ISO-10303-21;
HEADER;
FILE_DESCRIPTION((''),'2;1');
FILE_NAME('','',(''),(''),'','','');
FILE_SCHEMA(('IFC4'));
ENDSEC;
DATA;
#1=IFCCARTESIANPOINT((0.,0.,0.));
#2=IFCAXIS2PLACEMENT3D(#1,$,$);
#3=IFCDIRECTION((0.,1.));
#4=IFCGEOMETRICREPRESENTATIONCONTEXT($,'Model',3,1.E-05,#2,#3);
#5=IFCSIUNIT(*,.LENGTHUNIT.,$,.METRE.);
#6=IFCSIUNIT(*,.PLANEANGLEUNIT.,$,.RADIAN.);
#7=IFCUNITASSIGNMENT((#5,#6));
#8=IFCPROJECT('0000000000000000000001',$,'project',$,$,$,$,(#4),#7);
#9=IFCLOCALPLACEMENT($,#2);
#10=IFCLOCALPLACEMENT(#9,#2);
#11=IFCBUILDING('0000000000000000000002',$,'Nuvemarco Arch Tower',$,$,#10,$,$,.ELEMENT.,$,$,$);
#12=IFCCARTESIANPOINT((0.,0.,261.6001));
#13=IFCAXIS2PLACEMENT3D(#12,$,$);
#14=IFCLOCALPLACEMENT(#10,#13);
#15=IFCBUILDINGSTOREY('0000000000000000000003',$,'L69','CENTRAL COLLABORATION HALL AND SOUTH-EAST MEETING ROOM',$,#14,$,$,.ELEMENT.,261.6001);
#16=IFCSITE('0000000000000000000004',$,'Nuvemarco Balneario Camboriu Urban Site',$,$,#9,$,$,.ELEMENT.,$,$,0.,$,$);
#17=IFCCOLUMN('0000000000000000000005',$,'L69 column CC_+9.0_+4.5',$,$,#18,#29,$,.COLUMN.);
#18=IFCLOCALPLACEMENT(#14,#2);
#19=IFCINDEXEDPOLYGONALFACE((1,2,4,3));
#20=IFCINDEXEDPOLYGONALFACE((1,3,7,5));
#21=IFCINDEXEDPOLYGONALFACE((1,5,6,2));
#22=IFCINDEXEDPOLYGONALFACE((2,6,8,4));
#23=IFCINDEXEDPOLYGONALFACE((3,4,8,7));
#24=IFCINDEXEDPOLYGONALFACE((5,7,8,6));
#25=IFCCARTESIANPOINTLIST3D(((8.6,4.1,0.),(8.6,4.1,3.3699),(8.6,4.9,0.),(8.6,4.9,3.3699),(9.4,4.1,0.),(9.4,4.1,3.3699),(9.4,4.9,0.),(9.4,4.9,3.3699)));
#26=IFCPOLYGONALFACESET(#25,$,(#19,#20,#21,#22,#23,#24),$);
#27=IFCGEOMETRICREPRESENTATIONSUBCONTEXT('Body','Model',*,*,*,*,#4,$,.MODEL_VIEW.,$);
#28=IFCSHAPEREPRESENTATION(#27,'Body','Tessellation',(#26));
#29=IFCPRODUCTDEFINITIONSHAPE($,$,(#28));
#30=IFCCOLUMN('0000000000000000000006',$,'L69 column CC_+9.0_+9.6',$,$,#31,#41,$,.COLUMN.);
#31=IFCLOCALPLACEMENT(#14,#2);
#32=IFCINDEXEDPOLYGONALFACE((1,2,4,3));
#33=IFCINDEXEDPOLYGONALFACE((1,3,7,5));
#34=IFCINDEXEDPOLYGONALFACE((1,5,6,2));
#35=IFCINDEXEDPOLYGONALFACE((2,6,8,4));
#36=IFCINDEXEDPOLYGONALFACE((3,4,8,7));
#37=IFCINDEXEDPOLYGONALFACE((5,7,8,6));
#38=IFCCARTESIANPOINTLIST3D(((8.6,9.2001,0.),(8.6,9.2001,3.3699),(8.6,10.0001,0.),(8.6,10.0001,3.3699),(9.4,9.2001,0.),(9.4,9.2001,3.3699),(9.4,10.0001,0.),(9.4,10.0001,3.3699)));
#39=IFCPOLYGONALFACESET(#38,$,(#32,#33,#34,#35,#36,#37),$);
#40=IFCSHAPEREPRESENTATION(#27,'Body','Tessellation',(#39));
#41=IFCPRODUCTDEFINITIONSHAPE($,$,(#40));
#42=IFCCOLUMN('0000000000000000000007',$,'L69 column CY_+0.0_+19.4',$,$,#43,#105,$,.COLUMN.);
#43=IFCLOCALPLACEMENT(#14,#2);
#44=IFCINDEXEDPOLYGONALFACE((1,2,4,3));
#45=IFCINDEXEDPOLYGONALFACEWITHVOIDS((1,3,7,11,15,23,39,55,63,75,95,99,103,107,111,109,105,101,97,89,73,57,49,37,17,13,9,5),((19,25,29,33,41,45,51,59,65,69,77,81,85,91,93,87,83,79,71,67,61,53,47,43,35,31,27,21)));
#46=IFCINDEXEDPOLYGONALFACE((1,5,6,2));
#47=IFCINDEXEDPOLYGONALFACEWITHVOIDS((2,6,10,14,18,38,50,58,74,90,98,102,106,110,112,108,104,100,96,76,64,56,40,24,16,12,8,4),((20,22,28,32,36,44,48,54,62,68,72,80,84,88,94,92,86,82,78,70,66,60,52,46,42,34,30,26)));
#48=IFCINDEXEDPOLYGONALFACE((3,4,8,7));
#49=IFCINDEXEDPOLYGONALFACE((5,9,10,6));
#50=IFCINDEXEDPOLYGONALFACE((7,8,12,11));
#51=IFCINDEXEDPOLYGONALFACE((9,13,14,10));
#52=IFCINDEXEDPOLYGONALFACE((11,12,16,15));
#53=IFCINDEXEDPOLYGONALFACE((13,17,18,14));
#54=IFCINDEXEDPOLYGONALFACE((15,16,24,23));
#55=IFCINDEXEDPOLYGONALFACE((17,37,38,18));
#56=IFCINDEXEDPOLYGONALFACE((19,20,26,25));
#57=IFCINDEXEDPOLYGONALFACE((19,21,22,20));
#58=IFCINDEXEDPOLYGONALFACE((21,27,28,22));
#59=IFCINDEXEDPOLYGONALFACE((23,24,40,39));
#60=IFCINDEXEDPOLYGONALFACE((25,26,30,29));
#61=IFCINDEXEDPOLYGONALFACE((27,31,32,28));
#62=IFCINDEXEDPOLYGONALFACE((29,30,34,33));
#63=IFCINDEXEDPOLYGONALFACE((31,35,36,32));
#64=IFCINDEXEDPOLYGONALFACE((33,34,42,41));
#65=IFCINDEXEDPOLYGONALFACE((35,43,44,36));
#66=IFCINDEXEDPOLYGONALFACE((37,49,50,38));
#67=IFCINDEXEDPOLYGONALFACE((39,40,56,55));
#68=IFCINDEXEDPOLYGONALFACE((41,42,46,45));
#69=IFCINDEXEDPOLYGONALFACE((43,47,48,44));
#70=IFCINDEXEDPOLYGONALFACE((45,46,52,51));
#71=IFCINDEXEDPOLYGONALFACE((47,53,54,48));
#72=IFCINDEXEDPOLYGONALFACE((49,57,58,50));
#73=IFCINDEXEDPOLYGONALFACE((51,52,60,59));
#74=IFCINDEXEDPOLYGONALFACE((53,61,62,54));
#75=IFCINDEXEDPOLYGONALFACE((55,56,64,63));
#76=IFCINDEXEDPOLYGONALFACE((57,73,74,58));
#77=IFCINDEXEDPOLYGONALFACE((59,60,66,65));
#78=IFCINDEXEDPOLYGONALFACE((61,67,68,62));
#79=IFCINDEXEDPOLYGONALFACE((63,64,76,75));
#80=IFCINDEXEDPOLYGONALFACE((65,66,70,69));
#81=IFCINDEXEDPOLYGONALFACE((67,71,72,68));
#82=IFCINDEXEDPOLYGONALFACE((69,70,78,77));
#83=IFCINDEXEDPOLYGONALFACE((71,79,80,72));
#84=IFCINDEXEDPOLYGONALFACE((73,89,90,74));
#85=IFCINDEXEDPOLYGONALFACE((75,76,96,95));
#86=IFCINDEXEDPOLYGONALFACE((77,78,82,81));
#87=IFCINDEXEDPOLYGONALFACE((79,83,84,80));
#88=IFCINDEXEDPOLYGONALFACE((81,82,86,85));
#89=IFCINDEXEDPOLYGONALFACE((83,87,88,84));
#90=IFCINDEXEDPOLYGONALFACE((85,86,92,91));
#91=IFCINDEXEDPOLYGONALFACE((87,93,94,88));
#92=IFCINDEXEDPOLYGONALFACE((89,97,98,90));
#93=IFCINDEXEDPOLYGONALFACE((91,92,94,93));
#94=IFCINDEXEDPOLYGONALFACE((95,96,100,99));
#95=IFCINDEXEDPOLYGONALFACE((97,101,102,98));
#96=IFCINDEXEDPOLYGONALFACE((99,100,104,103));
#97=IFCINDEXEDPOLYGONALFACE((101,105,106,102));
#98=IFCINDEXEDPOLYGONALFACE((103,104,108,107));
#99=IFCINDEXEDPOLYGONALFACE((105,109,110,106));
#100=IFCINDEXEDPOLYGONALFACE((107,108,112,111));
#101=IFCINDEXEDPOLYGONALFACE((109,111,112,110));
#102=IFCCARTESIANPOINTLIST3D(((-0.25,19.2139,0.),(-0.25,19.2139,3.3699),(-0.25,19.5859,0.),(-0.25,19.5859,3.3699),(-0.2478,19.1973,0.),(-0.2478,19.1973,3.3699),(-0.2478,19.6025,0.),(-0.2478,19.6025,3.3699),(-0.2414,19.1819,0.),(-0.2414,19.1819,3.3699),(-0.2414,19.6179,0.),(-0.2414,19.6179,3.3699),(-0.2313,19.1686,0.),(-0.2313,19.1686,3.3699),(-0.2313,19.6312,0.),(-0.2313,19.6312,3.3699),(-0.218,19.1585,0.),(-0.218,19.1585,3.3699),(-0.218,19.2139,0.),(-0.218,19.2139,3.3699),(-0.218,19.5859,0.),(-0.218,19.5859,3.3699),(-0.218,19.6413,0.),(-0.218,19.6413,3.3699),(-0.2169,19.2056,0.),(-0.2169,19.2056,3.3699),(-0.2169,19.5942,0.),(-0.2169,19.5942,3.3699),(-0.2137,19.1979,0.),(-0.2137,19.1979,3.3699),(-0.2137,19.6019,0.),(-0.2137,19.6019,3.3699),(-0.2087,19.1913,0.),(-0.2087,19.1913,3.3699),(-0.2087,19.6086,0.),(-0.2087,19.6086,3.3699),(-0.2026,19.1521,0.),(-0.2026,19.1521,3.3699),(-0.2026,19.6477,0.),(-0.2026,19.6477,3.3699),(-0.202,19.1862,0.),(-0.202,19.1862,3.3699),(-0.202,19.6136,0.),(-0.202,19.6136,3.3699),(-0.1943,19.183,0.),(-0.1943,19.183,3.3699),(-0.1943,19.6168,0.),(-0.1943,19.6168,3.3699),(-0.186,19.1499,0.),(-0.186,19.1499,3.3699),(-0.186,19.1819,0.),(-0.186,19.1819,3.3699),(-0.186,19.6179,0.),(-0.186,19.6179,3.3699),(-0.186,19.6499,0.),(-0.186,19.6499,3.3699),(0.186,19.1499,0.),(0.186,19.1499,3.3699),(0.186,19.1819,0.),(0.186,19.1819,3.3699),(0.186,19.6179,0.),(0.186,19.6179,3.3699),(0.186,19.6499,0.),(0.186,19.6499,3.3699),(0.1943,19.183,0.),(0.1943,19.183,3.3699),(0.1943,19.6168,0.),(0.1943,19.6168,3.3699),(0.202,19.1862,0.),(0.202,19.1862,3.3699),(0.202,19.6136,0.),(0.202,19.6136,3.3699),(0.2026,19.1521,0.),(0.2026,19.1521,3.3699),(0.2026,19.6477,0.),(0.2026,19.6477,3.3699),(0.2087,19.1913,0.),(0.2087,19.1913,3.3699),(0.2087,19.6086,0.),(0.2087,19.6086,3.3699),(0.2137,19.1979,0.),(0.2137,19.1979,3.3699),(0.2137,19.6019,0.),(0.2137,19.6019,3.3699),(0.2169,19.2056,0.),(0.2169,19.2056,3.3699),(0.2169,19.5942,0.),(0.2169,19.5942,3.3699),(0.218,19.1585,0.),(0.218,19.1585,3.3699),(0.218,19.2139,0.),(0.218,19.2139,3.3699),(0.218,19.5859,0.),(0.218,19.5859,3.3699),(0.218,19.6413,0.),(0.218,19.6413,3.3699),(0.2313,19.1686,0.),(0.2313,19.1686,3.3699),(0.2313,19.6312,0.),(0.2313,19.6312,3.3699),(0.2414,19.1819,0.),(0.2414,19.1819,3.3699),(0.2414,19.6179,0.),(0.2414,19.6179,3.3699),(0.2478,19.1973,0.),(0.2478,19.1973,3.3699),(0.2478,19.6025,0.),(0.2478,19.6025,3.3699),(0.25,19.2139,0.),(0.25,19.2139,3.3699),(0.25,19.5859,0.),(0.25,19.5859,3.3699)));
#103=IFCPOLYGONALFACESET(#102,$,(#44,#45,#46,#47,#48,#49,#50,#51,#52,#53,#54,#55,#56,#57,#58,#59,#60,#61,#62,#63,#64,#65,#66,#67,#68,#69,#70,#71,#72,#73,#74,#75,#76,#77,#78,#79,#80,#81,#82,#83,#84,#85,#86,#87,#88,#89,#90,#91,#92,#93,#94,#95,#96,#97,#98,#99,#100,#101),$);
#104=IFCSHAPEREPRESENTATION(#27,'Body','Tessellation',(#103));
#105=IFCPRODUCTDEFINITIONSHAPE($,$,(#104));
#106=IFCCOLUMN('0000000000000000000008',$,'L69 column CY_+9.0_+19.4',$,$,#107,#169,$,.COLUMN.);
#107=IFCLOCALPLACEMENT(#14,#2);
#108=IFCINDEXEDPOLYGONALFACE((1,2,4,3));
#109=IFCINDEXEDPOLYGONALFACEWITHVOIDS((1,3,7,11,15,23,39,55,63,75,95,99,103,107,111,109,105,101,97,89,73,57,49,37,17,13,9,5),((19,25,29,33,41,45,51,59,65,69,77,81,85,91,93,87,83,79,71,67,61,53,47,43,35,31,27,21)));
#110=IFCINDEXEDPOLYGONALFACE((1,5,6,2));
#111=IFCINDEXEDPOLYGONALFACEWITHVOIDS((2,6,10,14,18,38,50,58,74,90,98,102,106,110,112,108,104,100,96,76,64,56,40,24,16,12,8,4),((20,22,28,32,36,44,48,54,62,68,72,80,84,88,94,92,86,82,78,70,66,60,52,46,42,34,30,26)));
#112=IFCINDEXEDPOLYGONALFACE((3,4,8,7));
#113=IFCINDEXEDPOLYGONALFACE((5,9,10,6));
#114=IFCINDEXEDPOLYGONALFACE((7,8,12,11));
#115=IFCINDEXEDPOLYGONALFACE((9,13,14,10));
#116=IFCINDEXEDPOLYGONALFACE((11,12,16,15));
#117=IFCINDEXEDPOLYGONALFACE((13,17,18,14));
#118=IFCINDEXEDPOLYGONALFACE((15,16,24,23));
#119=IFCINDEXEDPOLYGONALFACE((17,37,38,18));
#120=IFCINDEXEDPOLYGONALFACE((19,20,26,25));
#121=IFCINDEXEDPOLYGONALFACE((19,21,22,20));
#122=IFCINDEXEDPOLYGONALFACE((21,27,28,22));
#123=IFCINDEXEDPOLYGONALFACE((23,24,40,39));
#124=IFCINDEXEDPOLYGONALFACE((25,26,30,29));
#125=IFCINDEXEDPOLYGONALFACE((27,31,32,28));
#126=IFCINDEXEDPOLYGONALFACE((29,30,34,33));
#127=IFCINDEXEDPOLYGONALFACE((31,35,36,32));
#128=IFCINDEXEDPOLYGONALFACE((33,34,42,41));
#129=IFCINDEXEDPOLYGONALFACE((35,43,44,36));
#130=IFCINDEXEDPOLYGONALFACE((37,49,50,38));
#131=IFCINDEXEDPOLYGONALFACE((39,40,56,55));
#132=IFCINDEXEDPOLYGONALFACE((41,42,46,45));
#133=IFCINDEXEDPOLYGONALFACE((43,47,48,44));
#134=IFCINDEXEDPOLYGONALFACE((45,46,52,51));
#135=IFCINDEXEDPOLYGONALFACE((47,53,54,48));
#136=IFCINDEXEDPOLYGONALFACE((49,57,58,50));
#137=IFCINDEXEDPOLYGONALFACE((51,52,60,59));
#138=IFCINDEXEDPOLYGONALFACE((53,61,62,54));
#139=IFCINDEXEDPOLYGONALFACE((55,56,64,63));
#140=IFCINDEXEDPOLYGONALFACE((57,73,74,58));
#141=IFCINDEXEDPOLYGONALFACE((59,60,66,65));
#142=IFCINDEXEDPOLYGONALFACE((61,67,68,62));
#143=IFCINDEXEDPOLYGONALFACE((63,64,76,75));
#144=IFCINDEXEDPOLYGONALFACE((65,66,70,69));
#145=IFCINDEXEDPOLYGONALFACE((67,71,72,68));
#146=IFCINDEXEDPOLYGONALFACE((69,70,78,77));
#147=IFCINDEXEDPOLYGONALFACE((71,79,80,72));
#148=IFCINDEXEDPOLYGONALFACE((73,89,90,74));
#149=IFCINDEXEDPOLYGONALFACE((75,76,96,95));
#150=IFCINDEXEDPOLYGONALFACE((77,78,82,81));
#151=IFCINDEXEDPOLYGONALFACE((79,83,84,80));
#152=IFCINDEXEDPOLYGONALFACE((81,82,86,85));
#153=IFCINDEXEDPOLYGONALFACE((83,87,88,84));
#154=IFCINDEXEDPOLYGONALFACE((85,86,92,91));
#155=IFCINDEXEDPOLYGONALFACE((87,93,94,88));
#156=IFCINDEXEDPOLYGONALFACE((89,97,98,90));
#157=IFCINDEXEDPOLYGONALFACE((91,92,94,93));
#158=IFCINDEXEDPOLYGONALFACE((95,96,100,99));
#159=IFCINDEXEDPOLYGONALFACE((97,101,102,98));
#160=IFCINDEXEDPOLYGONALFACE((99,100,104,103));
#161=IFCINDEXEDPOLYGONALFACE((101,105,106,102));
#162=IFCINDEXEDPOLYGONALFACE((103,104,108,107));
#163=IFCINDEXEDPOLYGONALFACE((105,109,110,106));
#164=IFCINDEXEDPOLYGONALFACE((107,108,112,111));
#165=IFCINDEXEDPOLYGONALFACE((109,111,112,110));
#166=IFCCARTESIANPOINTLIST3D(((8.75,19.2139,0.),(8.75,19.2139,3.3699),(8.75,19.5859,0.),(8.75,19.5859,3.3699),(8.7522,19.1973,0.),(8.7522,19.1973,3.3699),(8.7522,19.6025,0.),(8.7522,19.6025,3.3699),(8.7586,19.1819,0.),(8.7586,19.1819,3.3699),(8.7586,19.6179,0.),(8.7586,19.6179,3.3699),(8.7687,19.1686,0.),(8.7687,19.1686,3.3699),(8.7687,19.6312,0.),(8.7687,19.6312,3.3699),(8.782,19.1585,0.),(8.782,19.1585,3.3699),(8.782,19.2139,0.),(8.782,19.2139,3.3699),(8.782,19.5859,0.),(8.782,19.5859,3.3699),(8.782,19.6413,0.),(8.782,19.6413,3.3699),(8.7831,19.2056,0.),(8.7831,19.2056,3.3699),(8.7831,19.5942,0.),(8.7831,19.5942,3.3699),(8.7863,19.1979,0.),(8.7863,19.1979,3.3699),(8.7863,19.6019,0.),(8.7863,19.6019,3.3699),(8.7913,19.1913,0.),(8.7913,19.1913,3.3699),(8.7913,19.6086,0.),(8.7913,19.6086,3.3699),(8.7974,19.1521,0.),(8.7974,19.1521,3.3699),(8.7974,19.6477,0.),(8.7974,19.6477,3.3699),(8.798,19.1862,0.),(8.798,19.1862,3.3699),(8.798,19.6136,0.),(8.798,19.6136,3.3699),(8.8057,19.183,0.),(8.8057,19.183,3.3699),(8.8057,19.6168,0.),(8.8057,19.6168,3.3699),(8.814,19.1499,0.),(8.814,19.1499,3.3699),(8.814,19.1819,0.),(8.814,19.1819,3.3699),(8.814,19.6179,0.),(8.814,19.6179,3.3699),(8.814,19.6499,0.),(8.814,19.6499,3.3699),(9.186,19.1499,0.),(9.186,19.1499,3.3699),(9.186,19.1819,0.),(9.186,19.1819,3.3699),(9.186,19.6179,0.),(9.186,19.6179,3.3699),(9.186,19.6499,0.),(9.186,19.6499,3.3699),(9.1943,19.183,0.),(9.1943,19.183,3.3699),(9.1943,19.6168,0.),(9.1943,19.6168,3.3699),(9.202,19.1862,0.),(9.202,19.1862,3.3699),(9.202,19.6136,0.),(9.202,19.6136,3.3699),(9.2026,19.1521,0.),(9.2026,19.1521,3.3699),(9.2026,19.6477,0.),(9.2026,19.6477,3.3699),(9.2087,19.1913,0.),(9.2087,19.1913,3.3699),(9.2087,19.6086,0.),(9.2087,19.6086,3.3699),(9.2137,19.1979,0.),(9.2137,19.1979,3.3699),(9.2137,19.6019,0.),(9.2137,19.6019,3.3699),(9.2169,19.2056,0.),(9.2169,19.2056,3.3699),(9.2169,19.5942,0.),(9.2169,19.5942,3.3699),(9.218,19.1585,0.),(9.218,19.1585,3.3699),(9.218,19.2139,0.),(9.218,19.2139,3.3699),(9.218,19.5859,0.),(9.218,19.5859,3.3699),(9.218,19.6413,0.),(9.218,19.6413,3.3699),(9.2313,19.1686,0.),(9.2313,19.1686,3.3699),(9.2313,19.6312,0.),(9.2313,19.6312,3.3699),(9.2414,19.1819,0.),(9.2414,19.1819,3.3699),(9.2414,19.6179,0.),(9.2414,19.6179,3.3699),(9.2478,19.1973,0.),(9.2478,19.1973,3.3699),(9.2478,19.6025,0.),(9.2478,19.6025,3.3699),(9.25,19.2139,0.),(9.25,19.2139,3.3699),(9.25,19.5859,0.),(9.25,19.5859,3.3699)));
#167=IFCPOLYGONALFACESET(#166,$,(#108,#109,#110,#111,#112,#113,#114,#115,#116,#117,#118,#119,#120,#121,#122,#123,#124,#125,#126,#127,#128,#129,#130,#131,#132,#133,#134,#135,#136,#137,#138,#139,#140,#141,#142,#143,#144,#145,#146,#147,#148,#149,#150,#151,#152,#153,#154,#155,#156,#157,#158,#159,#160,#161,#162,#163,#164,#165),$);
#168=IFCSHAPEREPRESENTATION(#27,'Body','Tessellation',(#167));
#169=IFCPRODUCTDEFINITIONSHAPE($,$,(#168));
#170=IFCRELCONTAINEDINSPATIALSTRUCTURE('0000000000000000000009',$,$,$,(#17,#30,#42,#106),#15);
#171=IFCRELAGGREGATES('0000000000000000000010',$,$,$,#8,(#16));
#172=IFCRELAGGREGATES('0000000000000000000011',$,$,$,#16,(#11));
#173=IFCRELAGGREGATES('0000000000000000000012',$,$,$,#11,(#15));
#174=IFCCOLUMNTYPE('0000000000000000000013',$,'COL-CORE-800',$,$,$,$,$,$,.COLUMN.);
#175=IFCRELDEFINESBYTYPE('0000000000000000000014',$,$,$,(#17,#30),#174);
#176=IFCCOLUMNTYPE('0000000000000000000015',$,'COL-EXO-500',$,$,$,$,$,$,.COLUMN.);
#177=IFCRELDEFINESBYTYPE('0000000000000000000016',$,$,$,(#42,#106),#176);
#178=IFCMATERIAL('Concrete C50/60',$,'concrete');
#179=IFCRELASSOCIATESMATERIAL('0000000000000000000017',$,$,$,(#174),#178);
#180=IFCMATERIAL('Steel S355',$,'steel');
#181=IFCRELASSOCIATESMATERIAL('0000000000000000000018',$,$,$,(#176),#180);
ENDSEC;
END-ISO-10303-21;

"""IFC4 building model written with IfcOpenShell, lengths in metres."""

from ifc_helpers import new_model, si_unit, direction, frame, origin, origin_2d, place, context, subcontext, project, spatial, rectangle, hollow_rectangle, extrude, material, material_profile, profile_set, type_object, element, save


model = new_model("IFC4")

# Units and contexts
model_context = context("Model", 3, precision=1e-05, world=origin(), true_north=direction((0.0, 1.0)))
body_context = subcontext(model_context, "Body", "Model", "MODEL_VIEW")
ifc_project = project(units=[si_unit("LENGTHUNIT", "METRE"), si_unit("PLANEANGLEUNIT", "RADIAN")], contexts=[model_context])

# Site, building, storey
site_placement = place(None, origin())
site = spatial("IfcSite", under=ifc_project, at=site_placement, Name="Nuvemarco Balneario Camboriu Urban Site", CompositionType="ELEMENT", RefElevation=0.0)
building_placement = place(site_placement, origin())
building = spatial("IfcBuilding", under=site, at=building_placement, Name="Nuvemarco Arch Tower", CompositionType="ELEMENT")
storey_placement = place(building_placement, frame((0.0, 0.0, 261.6001)))
storey = spatial("IfcBuildingStorey", under=building, at=storey_placement, Name="L69", Description="CENTRAL COLLABORATION HALL AND SOUTH-EAST MEETING ROOM", CompositionType="ELEMENT", Elevation=261.6001)

# Columns
ifc_material_1 = material(Name="Concrete C50/60", Category="concrete")
ifc_material_profile_1 = material_profile(ifc_material_1, rectangle(XDim=0.8, YDim=0.8, at=origin_2d()), Name="RC-COL-800x800")
ifc_profile_set_1 = profile_set([ifc_material_profile_1], Name="Concrete C50/60")
column_type_1 = type_object("IfcColumnType", Name="COL-CORE-800", PredefinedType="COLUMN", material=ifc_profile_set_1)
for number, where, z_axis, x_axis, name in (
    (1, (9.0, 4.5, 0.0), (0.0, 0.0, 1.0), (1.0, 0.0, 0.0), "L69 column CC_+9.0_+4.5"),
    (2, (9.0, 9.6001, 0.0), (0.0, 0.0, 1.0), (1.0, 0.0, 0.0), "L69 column CC_+9.0_+9.6"),
):
    element("IfcColumn", number, at=place(storey_placement, frame(where, z_axis=z_axis, x_axis=x_axis)), inside=storey, type_object=column_type_1, Name=name, PredefinedType="COLUMN", context=body_context, shape_type="SweptSolid", body=[
        extrude(rectangle(XDim=0.8, YDim=0.8, at=origin_2d()), origin(), (0.0, 0.0, 1.0), 3.3699),
    ])
ifc_material_2 = material(Name="Steel S355", Category="steel")
ifc_material_profile_2 = material_profile(ifc_material_2, hollow_rectangle(XDim=0.5, YDim=0.5, WallThickness=0.032, InnerFilletRadius=0.032, OuterFilletRadius=0.064, at=origin_2d()), Name="SHS500x500x32")
ifc_profile_set_2 = profile_set([ifc_material_profile_2], Name="Steel S355")
column_type_2 = type_object("IfcColumnType", Name="COL-EXO-500", PredefinedType="COLUMN", material=ifc_profile_set_2)
for number, where, z_axis, x_axis, name in (
    (3, (0.0, 19.3999, 0.0), (0.0, 0.0, 1.0), (1.0, 0.0, 0.0), "L69 column CY_+0.0_+19.4"),
    (4, (9.0, 19.3999, 0.0), (0.0, 0.0, 1.0), (1.0, 0.0, 0.0), "L69 column CY_+9.0_+19.4"),
):
    element("IfcColumn", number, at=place(storey_placement, frame(where, z_axis=z_axis, x_axis=x_axis)), inside=storey, type_object=column_type_2, Name=name, PredefinedType="COLUMN", context=body_context, shape_type="SweptSolid", body=[
        extrude(hollow_rectangle(XDim=0.5, YDim=0.5, WallThickness=0.032, InnerFilletRadius=0.032, OuterFilletRadius=0.064, at=origin_2d()), origin(), (0.0, 0.0, 1.0), 3.3699),
    ])

save(model, "model.ifc")
